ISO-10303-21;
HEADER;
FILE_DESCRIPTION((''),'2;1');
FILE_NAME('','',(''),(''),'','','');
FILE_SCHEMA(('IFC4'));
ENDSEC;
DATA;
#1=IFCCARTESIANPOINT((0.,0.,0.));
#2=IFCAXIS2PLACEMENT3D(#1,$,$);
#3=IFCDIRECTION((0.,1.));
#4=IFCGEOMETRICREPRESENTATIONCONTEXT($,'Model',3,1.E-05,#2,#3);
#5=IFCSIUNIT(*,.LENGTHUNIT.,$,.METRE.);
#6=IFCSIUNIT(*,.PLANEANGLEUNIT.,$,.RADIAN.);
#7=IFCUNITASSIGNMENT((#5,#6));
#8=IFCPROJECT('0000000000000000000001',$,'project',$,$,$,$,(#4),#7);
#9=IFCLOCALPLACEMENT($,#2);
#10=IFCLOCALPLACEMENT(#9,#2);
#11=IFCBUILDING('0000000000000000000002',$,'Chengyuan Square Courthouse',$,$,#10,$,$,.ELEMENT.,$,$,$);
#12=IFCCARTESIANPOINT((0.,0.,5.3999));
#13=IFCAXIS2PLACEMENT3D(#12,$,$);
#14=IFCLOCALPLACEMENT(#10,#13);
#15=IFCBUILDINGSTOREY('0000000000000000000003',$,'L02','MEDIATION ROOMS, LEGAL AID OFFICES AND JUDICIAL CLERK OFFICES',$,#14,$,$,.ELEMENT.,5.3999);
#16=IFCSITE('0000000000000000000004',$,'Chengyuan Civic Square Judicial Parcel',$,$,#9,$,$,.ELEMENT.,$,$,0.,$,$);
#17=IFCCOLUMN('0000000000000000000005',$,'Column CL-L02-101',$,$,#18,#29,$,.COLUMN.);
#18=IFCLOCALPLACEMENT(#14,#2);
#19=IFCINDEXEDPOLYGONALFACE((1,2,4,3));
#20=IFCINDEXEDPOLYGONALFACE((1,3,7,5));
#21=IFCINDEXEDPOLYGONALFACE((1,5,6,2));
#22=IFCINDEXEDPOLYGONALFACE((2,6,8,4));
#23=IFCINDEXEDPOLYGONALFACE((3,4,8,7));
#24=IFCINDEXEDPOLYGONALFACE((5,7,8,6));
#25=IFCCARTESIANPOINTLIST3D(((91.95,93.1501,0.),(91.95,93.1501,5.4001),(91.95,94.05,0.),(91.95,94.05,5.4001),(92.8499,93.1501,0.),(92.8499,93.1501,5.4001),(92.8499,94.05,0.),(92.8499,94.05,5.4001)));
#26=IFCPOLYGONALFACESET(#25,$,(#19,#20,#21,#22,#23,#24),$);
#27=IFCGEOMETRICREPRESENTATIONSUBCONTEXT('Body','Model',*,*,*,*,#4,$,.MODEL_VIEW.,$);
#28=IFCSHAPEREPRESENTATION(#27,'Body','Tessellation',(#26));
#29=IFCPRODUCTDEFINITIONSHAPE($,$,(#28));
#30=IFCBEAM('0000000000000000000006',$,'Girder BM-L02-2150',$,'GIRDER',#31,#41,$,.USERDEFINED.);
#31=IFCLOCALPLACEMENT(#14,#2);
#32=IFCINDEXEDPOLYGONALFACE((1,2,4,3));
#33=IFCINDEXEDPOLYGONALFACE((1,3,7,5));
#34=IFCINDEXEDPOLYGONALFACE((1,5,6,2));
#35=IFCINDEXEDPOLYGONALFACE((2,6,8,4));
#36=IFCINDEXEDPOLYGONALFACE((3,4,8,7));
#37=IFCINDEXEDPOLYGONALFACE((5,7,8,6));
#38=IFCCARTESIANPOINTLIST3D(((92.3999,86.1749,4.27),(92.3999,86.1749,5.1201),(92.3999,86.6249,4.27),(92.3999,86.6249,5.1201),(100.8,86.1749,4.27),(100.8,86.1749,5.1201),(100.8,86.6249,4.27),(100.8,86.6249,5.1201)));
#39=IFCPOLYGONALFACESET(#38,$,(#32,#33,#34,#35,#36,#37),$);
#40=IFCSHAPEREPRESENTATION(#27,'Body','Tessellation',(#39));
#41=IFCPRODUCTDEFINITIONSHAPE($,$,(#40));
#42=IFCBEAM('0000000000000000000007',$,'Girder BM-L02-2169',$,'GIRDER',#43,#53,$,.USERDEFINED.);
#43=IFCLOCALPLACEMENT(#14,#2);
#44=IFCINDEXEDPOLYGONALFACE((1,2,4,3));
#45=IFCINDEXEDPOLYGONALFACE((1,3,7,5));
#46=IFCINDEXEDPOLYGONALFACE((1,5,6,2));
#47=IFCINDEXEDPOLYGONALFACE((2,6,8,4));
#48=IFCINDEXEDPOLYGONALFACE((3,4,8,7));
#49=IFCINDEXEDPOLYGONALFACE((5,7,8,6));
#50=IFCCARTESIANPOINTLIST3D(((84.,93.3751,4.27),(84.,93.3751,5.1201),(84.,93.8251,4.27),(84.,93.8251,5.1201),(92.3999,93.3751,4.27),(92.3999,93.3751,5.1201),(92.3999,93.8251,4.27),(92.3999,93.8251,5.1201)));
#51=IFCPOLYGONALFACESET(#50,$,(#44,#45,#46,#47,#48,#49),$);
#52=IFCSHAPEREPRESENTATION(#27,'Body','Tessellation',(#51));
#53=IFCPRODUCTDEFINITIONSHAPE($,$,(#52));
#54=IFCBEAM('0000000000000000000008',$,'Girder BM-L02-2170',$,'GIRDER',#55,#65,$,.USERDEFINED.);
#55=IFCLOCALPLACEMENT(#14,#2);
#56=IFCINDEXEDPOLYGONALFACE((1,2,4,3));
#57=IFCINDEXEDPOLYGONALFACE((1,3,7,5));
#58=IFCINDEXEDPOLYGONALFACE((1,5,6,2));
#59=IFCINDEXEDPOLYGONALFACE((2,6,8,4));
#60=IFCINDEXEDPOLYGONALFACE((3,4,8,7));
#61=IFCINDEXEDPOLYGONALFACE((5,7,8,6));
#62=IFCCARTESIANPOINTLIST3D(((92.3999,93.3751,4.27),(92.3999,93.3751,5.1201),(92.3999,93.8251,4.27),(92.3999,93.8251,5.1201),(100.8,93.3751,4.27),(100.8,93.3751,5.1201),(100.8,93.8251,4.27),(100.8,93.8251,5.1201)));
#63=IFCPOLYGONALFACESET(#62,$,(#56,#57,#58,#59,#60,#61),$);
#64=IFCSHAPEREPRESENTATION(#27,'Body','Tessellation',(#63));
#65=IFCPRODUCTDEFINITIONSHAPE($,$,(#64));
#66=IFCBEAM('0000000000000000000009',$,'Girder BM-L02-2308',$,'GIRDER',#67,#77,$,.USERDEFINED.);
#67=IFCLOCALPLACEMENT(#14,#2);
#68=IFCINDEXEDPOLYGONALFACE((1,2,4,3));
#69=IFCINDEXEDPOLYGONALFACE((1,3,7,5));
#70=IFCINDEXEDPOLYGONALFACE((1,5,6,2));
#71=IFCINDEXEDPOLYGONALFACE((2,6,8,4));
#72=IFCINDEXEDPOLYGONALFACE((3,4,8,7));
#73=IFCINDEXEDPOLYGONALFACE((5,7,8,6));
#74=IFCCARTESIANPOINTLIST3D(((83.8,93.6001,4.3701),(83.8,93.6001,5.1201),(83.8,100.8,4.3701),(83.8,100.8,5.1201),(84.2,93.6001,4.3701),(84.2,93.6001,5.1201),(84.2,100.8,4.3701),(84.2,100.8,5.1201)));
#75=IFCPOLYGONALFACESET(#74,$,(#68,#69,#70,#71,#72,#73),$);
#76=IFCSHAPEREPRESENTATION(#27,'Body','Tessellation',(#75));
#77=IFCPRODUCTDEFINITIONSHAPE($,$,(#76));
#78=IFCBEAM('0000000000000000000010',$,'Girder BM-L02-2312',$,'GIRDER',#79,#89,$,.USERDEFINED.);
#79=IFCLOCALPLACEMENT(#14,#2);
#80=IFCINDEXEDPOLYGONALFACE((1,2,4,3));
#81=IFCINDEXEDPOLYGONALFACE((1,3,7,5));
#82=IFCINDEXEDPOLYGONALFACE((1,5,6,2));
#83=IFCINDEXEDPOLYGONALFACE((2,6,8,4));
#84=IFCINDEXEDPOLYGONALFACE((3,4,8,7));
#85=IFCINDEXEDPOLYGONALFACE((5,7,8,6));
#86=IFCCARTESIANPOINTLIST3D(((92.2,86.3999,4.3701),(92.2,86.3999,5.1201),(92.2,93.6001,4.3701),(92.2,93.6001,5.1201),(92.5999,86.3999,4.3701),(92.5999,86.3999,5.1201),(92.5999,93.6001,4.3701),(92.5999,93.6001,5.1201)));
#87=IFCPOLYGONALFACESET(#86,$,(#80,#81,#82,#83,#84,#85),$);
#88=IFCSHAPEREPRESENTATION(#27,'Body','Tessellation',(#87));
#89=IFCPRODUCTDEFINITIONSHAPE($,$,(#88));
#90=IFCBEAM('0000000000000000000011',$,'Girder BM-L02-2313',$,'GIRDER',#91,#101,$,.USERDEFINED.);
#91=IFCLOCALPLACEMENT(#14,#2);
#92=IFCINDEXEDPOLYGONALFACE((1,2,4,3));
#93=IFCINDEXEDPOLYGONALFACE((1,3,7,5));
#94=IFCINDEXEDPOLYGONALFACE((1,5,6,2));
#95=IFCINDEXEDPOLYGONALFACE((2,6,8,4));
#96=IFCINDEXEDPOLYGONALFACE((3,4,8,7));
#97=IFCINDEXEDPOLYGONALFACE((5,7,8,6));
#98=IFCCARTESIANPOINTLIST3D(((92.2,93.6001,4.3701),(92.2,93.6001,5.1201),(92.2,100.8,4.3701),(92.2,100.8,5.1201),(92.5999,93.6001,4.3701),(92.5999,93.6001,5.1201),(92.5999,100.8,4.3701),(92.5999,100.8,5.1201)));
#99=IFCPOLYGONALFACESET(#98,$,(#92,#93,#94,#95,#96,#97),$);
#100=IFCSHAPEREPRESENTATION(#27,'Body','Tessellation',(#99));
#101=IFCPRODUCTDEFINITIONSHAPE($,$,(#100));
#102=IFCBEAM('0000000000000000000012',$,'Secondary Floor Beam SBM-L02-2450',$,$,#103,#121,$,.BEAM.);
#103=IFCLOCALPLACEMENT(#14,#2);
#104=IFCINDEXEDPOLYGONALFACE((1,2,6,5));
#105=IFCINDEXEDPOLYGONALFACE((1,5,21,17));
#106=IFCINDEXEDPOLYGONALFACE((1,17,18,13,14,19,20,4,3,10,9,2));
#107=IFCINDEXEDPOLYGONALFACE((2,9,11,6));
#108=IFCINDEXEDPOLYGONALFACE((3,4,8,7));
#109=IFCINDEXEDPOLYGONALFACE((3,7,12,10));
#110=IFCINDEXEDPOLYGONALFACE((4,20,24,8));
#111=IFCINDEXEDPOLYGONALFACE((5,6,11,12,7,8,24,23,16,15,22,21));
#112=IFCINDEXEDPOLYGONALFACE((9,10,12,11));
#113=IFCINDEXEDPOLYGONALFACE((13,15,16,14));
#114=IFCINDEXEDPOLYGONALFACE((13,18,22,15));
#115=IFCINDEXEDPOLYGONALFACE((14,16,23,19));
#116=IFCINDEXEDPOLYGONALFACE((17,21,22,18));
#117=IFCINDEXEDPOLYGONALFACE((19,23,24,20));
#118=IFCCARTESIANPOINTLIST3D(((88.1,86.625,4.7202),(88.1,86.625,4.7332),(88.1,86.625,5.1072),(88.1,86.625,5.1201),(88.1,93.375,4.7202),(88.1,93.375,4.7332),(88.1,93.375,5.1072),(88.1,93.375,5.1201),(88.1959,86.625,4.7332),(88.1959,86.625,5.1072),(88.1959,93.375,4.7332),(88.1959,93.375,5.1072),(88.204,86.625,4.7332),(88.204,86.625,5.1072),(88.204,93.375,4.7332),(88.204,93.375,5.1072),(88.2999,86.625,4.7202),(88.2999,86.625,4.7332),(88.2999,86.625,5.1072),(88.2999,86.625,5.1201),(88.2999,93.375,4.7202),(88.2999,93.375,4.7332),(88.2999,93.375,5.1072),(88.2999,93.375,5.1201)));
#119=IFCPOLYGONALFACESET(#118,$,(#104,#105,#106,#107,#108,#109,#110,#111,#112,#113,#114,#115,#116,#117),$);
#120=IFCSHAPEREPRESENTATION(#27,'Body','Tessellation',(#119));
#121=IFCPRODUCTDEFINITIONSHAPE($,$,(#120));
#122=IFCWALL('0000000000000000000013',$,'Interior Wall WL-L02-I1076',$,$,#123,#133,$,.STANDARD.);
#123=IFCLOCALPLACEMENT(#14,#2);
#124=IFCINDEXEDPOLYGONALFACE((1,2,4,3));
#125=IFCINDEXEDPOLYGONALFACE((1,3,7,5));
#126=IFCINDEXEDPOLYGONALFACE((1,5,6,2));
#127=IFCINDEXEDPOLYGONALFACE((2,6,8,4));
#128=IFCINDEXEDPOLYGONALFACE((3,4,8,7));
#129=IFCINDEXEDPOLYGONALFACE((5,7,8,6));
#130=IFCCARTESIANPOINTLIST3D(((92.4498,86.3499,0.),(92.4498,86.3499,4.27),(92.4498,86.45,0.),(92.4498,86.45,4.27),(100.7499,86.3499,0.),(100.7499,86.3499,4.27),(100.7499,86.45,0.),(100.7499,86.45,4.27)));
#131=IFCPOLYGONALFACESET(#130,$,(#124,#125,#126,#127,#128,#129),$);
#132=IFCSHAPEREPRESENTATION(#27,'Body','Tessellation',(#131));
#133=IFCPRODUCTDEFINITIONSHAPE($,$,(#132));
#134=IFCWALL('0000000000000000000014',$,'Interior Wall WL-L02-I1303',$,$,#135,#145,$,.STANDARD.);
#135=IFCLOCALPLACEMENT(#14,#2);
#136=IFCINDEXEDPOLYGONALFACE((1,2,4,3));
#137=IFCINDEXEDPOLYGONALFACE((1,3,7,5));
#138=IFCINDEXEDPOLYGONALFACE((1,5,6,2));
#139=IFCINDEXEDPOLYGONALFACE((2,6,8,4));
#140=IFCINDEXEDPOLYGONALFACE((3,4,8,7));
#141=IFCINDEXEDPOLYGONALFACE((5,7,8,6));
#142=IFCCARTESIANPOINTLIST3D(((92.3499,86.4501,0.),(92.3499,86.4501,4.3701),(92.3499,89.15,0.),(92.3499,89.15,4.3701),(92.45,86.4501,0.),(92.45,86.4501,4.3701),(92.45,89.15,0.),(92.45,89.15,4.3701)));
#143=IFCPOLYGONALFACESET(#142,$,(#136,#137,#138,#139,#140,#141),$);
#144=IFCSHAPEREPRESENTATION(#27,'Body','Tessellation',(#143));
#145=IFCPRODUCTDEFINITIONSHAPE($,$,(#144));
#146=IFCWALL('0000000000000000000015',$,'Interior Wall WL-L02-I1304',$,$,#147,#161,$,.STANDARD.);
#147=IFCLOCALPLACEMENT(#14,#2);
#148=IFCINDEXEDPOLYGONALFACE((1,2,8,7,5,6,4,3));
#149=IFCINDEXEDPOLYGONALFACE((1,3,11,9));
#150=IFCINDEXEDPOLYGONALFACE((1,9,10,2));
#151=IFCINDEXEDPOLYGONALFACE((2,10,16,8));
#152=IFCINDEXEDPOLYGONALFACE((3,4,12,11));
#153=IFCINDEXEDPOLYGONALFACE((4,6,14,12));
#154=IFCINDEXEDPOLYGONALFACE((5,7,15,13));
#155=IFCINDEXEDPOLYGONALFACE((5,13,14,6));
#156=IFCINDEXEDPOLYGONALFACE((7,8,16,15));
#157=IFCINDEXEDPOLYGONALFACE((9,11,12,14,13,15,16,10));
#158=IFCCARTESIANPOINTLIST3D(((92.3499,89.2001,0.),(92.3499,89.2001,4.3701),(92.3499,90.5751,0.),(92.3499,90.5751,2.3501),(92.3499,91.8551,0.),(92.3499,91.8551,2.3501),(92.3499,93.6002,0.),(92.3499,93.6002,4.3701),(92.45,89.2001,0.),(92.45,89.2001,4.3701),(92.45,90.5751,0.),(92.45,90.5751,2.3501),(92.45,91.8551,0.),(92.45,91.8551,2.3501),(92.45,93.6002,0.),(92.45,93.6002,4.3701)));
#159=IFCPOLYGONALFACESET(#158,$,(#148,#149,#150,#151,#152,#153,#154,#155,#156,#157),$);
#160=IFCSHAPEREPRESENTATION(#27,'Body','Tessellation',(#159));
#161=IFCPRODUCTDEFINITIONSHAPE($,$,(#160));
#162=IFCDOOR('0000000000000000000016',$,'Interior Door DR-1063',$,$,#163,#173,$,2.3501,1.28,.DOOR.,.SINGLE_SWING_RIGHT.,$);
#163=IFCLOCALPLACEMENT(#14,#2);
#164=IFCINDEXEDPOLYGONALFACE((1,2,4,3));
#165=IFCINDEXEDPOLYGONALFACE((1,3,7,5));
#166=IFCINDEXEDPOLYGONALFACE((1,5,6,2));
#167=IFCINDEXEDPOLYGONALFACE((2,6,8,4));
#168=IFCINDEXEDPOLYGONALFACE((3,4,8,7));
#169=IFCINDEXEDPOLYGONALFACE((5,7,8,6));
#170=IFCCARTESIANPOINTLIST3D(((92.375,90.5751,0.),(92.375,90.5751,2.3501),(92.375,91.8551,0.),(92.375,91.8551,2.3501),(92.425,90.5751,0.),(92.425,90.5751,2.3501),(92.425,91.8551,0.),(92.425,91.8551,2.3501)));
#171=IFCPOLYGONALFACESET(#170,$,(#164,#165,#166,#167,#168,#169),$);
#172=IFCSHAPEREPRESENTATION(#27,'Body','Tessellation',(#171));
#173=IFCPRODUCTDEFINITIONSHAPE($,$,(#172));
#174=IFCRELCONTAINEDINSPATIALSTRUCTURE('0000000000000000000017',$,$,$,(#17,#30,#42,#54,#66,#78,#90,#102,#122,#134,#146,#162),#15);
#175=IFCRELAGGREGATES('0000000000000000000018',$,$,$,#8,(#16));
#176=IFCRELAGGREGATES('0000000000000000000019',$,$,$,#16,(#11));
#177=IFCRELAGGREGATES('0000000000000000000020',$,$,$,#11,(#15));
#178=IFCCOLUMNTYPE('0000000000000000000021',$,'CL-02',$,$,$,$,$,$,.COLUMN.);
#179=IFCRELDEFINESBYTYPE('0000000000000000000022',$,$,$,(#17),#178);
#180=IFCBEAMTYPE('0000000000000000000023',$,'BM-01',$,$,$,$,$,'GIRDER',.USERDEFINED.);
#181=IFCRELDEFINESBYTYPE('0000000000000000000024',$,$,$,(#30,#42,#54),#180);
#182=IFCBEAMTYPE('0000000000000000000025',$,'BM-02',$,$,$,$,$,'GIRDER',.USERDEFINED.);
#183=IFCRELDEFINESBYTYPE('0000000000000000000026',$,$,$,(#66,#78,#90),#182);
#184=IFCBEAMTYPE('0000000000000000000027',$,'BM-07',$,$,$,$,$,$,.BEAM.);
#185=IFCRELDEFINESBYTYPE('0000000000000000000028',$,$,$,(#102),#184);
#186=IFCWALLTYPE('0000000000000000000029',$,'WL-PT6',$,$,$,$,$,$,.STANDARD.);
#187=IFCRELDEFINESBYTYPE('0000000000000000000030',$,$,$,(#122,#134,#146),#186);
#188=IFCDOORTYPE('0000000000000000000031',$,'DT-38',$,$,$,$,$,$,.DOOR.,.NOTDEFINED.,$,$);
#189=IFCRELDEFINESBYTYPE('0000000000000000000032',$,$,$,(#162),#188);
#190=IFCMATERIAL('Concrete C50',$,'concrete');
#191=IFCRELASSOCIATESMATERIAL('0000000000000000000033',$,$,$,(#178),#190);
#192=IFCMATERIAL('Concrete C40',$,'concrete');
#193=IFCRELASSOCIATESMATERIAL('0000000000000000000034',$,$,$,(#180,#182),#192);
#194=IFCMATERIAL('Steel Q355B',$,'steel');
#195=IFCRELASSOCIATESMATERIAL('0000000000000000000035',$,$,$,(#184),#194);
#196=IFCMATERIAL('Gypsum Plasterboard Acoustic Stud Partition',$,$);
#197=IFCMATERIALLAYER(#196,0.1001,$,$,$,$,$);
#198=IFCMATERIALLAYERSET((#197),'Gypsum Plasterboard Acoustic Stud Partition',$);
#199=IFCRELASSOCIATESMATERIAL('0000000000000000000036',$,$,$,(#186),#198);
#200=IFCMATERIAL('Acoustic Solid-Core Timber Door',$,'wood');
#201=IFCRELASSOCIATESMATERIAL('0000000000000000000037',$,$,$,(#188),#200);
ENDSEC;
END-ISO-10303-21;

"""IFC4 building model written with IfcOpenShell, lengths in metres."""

from ifc_helpers import new_model, si_unit, direction, frame, frame_2d, origin, origin_2d, place, context, subcontext, project, spatial, rectangle, i_section, extrude, material, layer, layer_set, material_profile, profile_set, type_object, element, fill, save


model = new_model("IFC4")

# Units and contexts
model_context = context("Model", 3, precision=1e-05, world=origin(), true_north=direction((0.0, 1.0)))
body_context = subcontext(model_context, "Body", "Model", "MODEL_VIEW")
ifc_project = project(units=[si_unit("LENGTHUNIT", "METRE"), si_unit("PLANEANGLEUNIT", "RADIAN")], contexts=[model_context])

# Site, building, storey
site_placement = place(None, origin())
site = spatial("IfcSite", under=ifc_project, at=site_placement, Name="Chengyuan Civic Square Judicial Parcel", CompositionType="ELEMENT", RefElevation=0.0)
building_placement = place(site_placement, origin())
building = spatial("IfcBuilding", under=site, at=building_placement, Name="Chengyuan Square Courthouse", CompositionType="ELEMENT")
storey_placement = place(building_placement, frame((0.0, 0.0, 5.3999)))
storey = spatial("IfcBuildingStorey", under=building, at=storey_placement, Name="L02", Description="MEDIATION ROOMS, LEGAL AID OFFICES AND JUDICIAL CLERK OFFICES", CompositionType="ELEMENT", Elevation=5.3999)

# Column
ifc_material_1 = material(Name="Concrete C50", Category="concrete")
ifc_material_profile_1 = material_profile(ifc_material_1, rectangle(XDim=0.8999, YDim=0.8999, at=origin_2d()), Name="RC-COL-900x900")
ifc_profile_set_1 = profile_set([ifc_material_profile_1], Name="Concrete C50")
column_type = type_object("IfcColumnType", Name="CL-02", PredefinedType="COLUMN", material=ifc_profile_set_1)
column_placement = place(storey_placement, frame((92.3999, 93.6001, 0.0), z_axis=(0.0, 0.0, 1.0), x_axis=(1.0, 0.0, 0.0)))
element("IfcColumn", 1, at=column_placement, inside=storey, type_object=column_type, Name="Column CL-L02-101", PredefinedType="COLUMN", context=body_context, shape_type="SweptSolid", body=[
    extrude(rectangle(XDim=0.8999, YDim=0.8999, at=origin_2d()), origin(), (0.0, 0.0, 1.0), 5.4001),
])

# Beams
ifc_material_2 = material(Name="Concrete C40", Category="concrete")
ifc_material_profile_2 = material_profile(ifc_material_2, rectangle(XDim=0.45, YDim=0.8501, at=origin_2d()), Name="RC-BM-450x850")
ifc_profile_set_2 = profile_set([ifc_material_profile_2], Name="Concrete C40")
beam_type_1 = type_object("IfcBeamType", Name="BM-01", ElementType="GIRDER", PredefinedType="USERDEFINED", material=ifc_profile_set_2)
beam_1_placement = place(storey_placement, frame((92.3999, 86.3999, 4.6951), z_axis=(1.0, 0.0, 0.0), x_axis=(0.0, 1.0, 0.0)))
element("IfcBeam", 2, at=beam_1_placement, inside=storey, type_object=beam_type_1, Name="Girder BM-L02-2150", ObjectType="GIRDER", PredefinedType="USERDEFINED", context=body_context, shape_type="SweptSolid", body=[
    extrude(rectangle(XDim=0.45, YDim=0.8501, at=origin_2d()), origin(), (0.0, 0.0, 1.0), 8.4001),
])
beam_2_placement = place(storey_placement, frame((84.0, 93.6001, 4.6951), z_axis=(1.0, 0.0, 0.0), x_axis=(0.0, 1.0, 0.0)))
element("IfcBeam", 3, at=beam_2_placement, inside=storey, type_object=beam_type_1, Name="Girder BM-L02-2169", ObjectType="GIRDER", PredefinedType="USERDEFINED", context=body_context, shape_type="SweptSolid", body=[
    extrude(rectangle(XDim=0.45, YDim=0.8501, at=origin_2d()), origin(), (0.0, 0.0, 1.0), 8.3999),
])
beam_3_placement = place(storey_placement, frame((92.3999, 93.6001, 4.6951), z_axis=(1.0, 0.0, 0.0), x_axis=(0.0, 1.0, 0.0)))
element("IfcBeam", 4, at=beam_3_placement, inside=storey, type_object=beam_type_1, Name="Girder BM-L02-2170", ObjectType="GIRDER", PredefinedType="USERDEFINED", context=body_context, shape_type="SweptSolid", body=[
    extrude(rectangle(XDim=0.45, YDim=0.8501, at=origin_2d()), origin(), (0.0, 0.0, 1.0), 8.4001),
])
ifc_material_profile_3 = material_profile(ifc_material_2, rectangle(XDim=0.3999, YDim=0.75, at=origin_2d()), Name="RC-BM-400x750")
ifc_profile_set_3 = profile_set([ifc_material_profile_3], Name="Concrete C40")
beam_type_2 = type_object("IfcBeamType", Name="BM-02", ElementType="GIRDER", PredefinedType="USERDEFINED", material=ifc_profile_set_3)
beam_4_placement = place(storey_placement, frame((84.0, 93.6001, 4.7451), z_axis=(0.0, 1.0, 0.0), x_axis=(-1.0, 0.0, 0.0)))
element("IfcBeam", 5, at=beam_4_placement, inside=storey, type_object=beam_type_2, Name="Girder BM-L02-2308", ObjectType="GIRDER", PredefinedType="USERDEFINED", context=body_context, shape_type="SweptSolid", body=[
    extrude(rectangle(XDim=0.3999, YDim=0.75, at=origin_2d()), origin(), (0.0, 0.0, 1.0), 7.2),
])
beam_5_placement = place(storey_placement, frame((92.3999, 86.3999, 4.7451), z_axis=(0.0, 1.0, 0.0), x_axis=(-1.0, 0.0, 0.0)))
element("IfcBeam", 6, at=beam_5_placement, inside=storey, type_object=beam_type_2, Name="Girder BM-L02-2312", ObjectType="GIRDER", PredefinedType="USERDEFINED", context=body_context, shape_type="SweptSolid", body=[
    extrude(rectangle(XDim=0.3999, YDim=0.75, at=origin_2d()), origin(), (0.0, 0.0, 1.0), 7.2002),
])
beam_6_placement = place(storey_placement, frame((92.3999, 93.6001, 4.7451), z_axis=(0.0, 1.0, 0.0), x_axis=(-1.0, 0.0, 0.0)))
element("IfcBeam", 7, at=beam_6_placement, inside=storey, type_object=beam_type_2, Name="Girder BM-L02-2313", ObjectType="GIRDER", PredefinedType="USERDEFINED", context=body_context, shape_type="SweptSolid", body=[
    extrude(rectangle(XDim=0.3999, YDim=0.75, at=origin_2d()), origin(), (0.0, 0.0, 1.0), 7.2),
])
ifc_material_3 = material(Name="Steel Q355B", Category="steel")
ifc_material_profile_4 = material_profile(ifc_material_3, i_section(OverallWidth=0.2, OverallDepth=0.3999, WebThickness=0.0081, FlangeThickness=0.0129, at=origin_2d()), Name="HN 400x200x8x13")
ifc_profile_set_4 = profile_set([ifc_material_profile_4], Name="Steel Q355B")
beam_type_3 = type_object("IfcBeamType", Name="BM-07", PredefinedType="BEAM", material=ifc_profile_set_4)
beam_7_placement = place(storey_placement, frame((88.2, 86.625, 4.9202), z_axis=(0.0, 1.0, 0.0), x_axis=(-1.0, 0.0, 0.0)))
element("IfcBeam", 8, at=beam_7_placement, inside=storey, type_object=beam_type_3, Name="Secondary Floor Beam SBM-L02-2450", PredefinedType="BEAM", context=body_context, shape_type="SweptSolid", body=[
    extrude(i_section(OverallWidth=0.2, OverallDepth=0.3999, WebThickness=0.0081, FlangeThickness=0.0129, at=origin_2d()), origin(), (0.0, 0.0, 1.0), 6.75),
])

# Walls
ifc_material_4 = material(Name="Gypsum Plasterboard Acoustic Stud Partition")
ifc_layer_1 = layer(ifc_material_4, 0.1001)
ifc_layer_set_1 = layer_set([ifc_layer_1], Name="Gypsum Plasterboard Acoustic Stud Partition")
wall_type_1 = type_object("IfcWallType", Name="WL-PT6", PredefinedType="STANDARD", material=ifc_layer_set_1)
wall_1_placement = place(storey_placement, frame((92.45, 86.3999, 0.0), z_axis=(0.0, 0.0, 1.0), x_axis=(1.0, 0.0, 0.0)))
element("IfcWall", 9, at=wall_1_placement, inside=storey, type_object=wall_type_1, Name="Interior Wall WL-L02-I1076", PredefinedType="STANDARD", context=body_context, shape_type="SweptSolid", body=[
    extrude(rectangle(XDim=8.3, YDim=0.1001, at=frame_2d((4.1499, 0.0))), origin(), (0.0, 0.0, 1.0), 4.27),
])
wall_2_placement = place(storey_placement, frame((92.3999, 86.45, 0.0), z_axis=(0.0, 0.0, 1.0), x_axis=(0.0, 1.0, 0.0)))
element("IfcWall", 10, at=wall_2_placement, inside=storey, type_object=wall_type_1, Name="Interior Wall WL-L02-I1303", PredefinedType="STANDARD", context=body_context, shape_type="SweptSolid", body=[
    extrude(rectangle(XDim=2.7, YDim=0.1001, at=frame_2d((1.3501, 0.0))), origin(), (0.0, 0.0, 1.0), 4.3701),
])

# Wall, opening, door
wall_3_placement = place(storey_placement, frame((92.3999, 89.2, 0.0), z_axis=(0.0, 0.0, 1.0), x_axis=(0.0, 1.0, 0.0)))
wall_3 = element("IfcWall", 11, at=wall_3_placement, inside=storey, type_object=wall_type_1, Name="Interior Wall WL-L02-I1304", PredefinedType="STANDARD", context=body_context, shape_type="SweptSolid", body=[
    extrude(rectangle(XDim=4.4001, YDim=0.1001, at=frame_2d((2.2002, 0.0))), origin(), (0.0, 0.0, 1.0), 4.3701),
])
opening_1_placement = place(wall_3_placement, frame((1.375, 0.0, 0.0)))
opening_1 = element("IfcOpeningElement", 12, at=opening_1_placement, cuts=wall_3, PredefinedType="OPENING", context=body_context, shape_type="SweptSolid", body=[
    extrude(rectangle(XDim=1.28, YDim=2.3501, at=frame_2d((0.6401, 1.175))), frame((0.0, 0.062, 0.0), z_axis=(0.0, -1.0, 0.0), x_axis=(1.0, 0.0, 0.0)), (0.0, 0.0, 1.0), 0.124),
])
ifc_material_5 = material(Name="Acoustic Solid-Core Timber Door", Category="wood")
door_type_1 = type_object("IfcDoorType", Name="DT-38", OperationType="NOTDEFINED", PredefinedType="DOOR", material=ifc_material_5)
door_1_placement = place(opening_1_placement, origin())
door_1 = element("IfcDoor", 13, at=door_1_placement, inside=storey, type_object=door_type_1, Name="Interior Door DR-1063", OperationType="SINGLE_SWING_RIGHT", OverallHeight=2.3501, OverallWidth=1.28, PredefinedType="DOOR", context=body_context, shape_type="SweptSolid", body=[
    extrude(rectangle(XDim=1.28, YDim=2.3501, at=frame_2d((0.6401, 1.175))), frame((0.0, 0.0249, 0.0), z_axis=(0.0, -1.0, 0.0), x_axis=(1.0, 0.0, 0.0)), (0.0, 0.0, 1.0), 0.05),
])
fill(opening_1, door_1)

save(model, "model.ifc")
